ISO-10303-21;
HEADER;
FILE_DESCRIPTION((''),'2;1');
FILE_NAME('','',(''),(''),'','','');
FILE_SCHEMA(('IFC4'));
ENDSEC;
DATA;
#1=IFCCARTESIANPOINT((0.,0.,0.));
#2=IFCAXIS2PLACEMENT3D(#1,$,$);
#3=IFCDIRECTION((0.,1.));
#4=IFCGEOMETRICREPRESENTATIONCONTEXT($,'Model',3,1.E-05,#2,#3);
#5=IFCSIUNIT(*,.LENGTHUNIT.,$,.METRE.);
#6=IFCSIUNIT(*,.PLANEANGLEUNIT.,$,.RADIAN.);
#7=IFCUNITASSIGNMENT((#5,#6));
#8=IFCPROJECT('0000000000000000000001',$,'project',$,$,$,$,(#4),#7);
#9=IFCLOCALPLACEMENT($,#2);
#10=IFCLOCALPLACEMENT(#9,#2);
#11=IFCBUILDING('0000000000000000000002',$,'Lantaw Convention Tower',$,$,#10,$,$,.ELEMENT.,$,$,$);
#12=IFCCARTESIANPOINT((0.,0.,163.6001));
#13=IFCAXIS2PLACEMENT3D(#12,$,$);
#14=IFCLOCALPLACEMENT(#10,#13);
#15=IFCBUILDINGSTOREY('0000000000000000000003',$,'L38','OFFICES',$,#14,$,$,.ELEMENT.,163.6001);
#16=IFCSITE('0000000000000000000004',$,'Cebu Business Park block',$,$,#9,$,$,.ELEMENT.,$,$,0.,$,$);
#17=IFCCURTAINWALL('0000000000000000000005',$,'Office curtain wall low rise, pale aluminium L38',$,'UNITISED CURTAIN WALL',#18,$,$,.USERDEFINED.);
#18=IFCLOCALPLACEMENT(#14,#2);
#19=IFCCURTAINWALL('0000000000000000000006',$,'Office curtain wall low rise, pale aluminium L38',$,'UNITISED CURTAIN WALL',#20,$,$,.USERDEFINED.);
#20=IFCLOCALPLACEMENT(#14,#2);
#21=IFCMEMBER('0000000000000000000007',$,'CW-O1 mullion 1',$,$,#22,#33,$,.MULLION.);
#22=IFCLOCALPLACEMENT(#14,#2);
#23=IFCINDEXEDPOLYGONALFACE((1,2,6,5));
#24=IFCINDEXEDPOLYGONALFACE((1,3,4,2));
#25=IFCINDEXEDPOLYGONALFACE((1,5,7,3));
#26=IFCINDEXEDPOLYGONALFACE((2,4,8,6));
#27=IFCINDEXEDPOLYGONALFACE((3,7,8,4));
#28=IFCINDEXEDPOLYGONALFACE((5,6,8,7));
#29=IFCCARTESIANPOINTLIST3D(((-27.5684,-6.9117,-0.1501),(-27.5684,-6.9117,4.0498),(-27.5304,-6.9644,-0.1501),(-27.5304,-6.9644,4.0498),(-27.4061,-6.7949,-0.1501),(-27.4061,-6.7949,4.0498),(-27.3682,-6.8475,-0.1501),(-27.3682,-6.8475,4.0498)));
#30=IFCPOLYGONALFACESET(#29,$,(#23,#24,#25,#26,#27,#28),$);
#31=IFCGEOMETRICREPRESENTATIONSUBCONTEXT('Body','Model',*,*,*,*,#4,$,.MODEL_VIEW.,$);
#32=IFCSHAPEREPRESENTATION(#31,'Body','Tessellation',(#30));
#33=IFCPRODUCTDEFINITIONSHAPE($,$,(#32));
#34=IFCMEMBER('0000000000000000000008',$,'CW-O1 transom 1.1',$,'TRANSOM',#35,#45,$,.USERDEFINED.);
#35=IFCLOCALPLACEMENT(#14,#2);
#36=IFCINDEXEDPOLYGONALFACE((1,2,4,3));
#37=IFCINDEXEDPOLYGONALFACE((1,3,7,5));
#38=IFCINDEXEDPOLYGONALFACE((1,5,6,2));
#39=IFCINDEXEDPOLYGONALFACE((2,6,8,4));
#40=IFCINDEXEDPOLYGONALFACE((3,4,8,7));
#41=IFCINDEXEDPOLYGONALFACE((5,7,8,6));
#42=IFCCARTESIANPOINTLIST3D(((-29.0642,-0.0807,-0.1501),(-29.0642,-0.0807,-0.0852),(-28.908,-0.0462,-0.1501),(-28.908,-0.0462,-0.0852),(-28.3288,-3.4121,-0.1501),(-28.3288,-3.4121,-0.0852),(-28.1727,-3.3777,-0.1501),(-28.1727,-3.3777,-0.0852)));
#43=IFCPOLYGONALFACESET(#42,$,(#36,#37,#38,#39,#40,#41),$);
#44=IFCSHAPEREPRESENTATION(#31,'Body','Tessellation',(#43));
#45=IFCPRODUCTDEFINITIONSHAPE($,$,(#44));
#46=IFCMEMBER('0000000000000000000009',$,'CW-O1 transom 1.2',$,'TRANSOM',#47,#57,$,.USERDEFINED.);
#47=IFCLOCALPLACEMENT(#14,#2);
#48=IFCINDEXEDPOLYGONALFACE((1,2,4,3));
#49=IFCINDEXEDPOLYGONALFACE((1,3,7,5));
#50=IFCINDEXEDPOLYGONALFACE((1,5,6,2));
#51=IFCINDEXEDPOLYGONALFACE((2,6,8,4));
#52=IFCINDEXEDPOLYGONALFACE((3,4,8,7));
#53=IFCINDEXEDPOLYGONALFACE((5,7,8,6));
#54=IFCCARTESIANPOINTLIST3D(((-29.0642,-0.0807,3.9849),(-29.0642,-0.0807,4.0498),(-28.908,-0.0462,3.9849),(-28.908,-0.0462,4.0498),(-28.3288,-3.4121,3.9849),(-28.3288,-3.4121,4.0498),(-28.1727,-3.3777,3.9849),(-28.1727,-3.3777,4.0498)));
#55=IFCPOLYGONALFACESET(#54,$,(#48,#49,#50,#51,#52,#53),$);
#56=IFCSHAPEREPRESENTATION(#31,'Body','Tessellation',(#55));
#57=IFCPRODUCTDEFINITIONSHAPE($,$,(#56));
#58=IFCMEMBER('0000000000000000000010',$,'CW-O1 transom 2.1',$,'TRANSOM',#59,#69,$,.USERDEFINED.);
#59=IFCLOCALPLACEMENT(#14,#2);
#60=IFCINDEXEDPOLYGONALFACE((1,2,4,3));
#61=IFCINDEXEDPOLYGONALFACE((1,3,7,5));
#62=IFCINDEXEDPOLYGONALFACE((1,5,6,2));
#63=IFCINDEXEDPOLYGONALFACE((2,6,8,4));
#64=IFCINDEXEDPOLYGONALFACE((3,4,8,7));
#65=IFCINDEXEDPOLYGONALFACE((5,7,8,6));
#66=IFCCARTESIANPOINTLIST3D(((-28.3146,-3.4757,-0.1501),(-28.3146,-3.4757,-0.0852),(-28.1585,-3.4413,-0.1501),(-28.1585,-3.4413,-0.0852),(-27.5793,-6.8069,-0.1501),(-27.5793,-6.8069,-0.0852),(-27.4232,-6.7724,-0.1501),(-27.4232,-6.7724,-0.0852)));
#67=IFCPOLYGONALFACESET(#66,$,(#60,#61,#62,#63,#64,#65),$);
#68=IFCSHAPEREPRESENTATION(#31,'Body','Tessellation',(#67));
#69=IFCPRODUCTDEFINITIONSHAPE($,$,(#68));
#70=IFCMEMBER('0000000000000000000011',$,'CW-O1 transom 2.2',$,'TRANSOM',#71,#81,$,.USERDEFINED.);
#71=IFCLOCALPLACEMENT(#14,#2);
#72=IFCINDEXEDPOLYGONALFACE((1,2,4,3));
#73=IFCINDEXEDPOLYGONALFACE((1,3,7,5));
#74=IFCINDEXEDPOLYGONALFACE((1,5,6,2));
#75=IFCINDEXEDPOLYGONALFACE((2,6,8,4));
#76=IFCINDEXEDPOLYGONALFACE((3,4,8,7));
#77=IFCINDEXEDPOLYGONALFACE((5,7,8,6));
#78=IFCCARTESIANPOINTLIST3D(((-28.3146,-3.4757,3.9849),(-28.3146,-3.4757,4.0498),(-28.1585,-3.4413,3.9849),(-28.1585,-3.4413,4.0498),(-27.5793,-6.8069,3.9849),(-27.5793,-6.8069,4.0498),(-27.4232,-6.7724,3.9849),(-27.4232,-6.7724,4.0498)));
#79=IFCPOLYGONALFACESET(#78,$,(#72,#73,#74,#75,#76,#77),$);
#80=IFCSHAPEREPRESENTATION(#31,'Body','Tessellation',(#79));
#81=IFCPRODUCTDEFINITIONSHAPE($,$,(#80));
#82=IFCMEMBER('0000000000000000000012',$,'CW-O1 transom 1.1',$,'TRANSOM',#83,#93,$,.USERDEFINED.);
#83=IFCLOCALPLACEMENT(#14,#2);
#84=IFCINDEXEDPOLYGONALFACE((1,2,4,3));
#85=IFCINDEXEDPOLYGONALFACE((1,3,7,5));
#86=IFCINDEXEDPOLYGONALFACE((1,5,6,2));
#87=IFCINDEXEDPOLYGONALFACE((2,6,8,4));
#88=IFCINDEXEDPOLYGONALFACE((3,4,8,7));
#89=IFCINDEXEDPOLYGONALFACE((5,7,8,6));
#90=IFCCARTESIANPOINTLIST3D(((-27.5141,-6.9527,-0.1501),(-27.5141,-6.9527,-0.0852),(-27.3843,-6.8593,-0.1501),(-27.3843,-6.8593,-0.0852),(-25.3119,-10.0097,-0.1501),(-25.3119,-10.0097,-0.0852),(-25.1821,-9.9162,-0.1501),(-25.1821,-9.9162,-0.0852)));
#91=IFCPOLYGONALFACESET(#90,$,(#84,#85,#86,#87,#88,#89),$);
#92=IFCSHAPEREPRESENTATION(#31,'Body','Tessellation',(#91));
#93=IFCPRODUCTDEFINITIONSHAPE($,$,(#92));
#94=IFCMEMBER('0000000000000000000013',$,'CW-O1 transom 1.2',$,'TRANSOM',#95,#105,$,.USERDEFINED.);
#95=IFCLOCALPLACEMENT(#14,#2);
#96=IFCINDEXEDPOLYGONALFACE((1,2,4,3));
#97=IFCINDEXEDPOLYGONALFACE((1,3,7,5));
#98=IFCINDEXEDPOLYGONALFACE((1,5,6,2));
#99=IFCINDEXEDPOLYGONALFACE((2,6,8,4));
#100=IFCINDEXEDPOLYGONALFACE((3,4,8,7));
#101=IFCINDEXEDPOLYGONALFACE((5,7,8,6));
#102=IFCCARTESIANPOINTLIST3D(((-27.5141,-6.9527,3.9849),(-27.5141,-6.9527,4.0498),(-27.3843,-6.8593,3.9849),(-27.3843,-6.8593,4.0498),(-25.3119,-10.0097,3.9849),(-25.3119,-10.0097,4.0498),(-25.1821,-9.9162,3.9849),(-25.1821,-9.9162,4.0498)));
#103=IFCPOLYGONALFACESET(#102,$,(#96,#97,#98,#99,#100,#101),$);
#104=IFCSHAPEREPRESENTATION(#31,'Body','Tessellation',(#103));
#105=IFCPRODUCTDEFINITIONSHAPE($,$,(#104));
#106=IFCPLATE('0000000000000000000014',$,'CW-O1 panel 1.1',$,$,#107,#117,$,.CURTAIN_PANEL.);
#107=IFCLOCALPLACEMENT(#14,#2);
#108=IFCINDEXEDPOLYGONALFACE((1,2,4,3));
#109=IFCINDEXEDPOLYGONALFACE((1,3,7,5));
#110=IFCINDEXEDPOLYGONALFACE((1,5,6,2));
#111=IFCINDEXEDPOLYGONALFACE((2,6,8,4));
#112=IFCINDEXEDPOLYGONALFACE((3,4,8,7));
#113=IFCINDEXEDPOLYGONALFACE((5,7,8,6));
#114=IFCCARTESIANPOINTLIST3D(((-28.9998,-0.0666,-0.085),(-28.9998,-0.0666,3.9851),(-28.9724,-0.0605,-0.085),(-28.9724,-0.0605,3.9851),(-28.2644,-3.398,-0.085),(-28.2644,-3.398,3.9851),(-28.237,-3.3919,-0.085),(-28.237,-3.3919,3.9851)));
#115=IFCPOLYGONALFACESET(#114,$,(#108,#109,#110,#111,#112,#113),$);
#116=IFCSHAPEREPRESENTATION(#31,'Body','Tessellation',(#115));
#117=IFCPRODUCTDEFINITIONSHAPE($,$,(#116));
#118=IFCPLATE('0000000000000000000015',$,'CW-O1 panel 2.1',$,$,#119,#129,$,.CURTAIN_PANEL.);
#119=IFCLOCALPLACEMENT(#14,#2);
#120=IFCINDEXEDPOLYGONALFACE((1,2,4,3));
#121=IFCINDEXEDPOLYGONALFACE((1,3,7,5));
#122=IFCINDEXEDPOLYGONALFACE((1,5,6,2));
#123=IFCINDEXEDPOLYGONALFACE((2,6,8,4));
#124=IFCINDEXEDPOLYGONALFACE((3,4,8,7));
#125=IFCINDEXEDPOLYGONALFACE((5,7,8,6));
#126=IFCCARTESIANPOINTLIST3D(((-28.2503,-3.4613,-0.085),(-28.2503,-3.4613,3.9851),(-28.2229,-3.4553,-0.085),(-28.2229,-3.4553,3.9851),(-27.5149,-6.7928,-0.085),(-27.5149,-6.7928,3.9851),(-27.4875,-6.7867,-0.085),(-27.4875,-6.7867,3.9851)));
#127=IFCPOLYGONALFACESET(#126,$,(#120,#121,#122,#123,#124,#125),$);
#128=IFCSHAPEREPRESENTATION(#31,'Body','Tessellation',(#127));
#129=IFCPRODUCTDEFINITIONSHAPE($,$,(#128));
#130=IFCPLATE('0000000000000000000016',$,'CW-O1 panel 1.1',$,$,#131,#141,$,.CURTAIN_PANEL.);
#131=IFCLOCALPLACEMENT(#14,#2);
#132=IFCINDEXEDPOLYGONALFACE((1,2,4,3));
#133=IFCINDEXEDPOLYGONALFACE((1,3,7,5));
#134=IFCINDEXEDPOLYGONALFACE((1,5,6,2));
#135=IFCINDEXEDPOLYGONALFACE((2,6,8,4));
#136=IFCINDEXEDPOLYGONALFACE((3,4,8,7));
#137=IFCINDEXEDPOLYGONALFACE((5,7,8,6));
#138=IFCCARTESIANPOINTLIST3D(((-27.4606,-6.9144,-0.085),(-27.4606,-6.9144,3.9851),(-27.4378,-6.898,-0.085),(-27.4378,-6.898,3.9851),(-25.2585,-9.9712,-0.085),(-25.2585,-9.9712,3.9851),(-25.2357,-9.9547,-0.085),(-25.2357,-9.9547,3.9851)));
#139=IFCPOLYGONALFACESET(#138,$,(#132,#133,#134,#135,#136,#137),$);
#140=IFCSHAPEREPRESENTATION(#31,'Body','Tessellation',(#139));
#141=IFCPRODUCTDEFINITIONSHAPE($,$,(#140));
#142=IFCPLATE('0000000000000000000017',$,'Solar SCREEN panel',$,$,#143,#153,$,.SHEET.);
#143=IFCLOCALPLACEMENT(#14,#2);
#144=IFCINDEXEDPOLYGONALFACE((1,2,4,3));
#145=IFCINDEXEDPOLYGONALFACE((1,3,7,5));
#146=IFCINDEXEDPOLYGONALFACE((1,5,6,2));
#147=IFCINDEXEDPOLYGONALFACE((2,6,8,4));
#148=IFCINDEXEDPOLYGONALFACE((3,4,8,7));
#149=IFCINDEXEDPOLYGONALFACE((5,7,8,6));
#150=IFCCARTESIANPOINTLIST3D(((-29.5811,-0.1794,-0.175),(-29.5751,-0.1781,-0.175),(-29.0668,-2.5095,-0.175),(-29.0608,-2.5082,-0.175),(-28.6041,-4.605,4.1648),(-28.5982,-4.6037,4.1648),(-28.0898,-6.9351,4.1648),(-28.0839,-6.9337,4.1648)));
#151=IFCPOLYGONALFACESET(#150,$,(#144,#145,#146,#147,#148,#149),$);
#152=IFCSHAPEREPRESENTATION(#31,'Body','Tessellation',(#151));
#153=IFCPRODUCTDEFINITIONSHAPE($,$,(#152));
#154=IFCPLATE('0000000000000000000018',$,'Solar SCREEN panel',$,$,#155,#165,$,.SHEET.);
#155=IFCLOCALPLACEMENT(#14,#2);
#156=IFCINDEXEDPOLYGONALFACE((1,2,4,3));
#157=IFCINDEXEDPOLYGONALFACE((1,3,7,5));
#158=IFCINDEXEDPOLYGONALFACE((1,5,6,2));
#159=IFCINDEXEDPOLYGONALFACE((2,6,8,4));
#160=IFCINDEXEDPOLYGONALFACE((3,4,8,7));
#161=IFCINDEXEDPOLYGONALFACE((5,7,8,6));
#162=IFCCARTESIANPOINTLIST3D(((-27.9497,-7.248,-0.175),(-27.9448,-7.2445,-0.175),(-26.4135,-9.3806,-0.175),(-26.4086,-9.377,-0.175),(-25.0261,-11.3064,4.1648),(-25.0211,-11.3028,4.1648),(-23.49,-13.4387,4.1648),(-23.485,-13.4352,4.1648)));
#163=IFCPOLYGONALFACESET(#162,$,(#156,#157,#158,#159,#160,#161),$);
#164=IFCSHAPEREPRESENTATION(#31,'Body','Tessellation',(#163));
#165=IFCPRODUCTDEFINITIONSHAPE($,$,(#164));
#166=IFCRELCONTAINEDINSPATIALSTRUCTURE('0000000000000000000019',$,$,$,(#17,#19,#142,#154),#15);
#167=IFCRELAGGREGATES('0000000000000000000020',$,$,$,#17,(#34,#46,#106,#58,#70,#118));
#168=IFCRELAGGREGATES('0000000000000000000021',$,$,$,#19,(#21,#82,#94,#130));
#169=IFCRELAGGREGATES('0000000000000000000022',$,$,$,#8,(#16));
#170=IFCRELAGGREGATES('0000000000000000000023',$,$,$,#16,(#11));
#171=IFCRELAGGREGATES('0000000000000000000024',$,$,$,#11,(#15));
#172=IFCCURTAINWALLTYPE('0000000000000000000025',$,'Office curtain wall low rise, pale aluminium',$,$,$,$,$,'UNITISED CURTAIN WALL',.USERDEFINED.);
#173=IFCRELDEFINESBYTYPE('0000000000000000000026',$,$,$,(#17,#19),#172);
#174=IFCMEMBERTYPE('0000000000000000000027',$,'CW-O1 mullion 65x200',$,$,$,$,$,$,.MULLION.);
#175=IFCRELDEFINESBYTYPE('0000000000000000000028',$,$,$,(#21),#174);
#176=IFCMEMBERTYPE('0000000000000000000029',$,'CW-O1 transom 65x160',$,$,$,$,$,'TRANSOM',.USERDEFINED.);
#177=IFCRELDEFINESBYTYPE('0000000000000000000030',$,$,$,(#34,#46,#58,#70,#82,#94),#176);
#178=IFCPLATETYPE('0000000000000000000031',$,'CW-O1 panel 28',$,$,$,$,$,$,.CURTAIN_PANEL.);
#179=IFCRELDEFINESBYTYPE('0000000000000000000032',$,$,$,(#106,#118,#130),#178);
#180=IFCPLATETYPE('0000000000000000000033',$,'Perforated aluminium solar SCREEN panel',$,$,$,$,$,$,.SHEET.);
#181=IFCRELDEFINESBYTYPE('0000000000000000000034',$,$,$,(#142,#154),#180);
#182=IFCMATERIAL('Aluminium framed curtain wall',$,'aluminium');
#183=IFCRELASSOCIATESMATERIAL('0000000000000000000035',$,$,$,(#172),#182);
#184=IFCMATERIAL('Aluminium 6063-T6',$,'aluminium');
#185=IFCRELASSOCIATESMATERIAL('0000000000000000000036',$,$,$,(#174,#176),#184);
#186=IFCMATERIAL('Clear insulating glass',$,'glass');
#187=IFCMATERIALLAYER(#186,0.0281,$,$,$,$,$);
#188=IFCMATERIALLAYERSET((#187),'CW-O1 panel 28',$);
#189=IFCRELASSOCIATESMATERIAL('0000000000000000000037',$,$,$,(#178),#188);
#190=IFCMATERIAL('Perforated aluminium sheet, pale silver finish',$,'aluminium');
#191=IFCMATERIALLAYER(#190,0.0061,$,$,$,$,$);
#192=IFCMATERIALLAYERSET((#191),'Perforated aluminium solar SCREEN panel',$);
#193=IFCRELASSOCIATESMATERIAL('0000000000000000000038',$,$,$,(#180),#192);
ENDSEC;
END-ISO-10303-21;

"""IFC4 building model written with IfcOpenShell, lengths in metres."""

from ifc_helpers import new_model, si_unit, direction, frame, origin, origin_2d, place, context, subcontext, project, spatial, polyline, rectangle, outline, extrude, material, layer, layer_set, material_profile, profile_set, type_object, element, aggregate, save


model = new_model("IFC4")

# Units and contexts
model_context = context("Model", 3, precision=1e-05, world=origin(), true_north=direction((0.0, 1.0)))
body_context = subcontext(model_context, "Body", "Model", "MODEL_VIEW")
ifc_project = project(units=[si_unit("LENGTHUNIT", "METRE"), si_unit("PLANEANGLEUNIT", "RADIAN")], contexts=[model_context])

# Site, building, storey
site_placement = place(None, origin())
site = spatial("IfcSite", under=ifc_project, at=site_placement, Name="Cebu Business Park block", CompositionType="ELEMENT", RefElevation=0.0)
building_placement = place(site_placement, origin())
building = spatial("IfcBuilding", under=site, at=building_placement, Name="Lantaw Convention Tower", CompositionType="ELEMENT")
storey_placement = place(building_placement, frame((0.0, 0.0, 163.6001)))
storey = spatial("IfcBuildingStorey", under=building, at=storey_placement, Name="L38", Description="OFFICES", CompositionType="ELEMENT", Elevation=163.6001)

# Curtain wall
ifc_material_1 = material(Name="Aluminium framed curtain wall", Category="aluminium")
curtain_wall_type = type_object("IfcCurtainWallType", Name="Office curtain wall low rise, pale aluminium", ElementType="UNITISED CURTAIN WALL", PredefinedType="USERDEFINED", material=ifc_material_1)
curtain_wall_1_placement = place(storey_placement, origin())
curtain_wall_1 = element("IfcCurtainWall", 1, at=curtain_wall_1_placement, inside=storey, type_object=curtain_wall_type, Name="Office curtain wall low rise, pale aluminium L38", ObjectType="UNITISED CURTAIN WALL", PredefinedType="USERDEFINED")
ifc_material_2 = material(Name="Aluminium 6063-T6", Category="aluminium")
ifc_material_profile_1 = material_profile(ifc_material_2, rectangle(XDim=0.2, YDim=0.0649, at=origin_2d()), Name="CW-O1 mullion 65x200")
ifc_profile_set_1 = profile_set([ifc_material_profile_1], Name="Aluminium 6063-T6")
member_type_1 = type_object("IfcMemberType", Name="CW-O1 mullion 65x200", PredefinedType="MULLION", material=ifc_profile_set_1)

# Curtain wall, member
curtain_wall_2_placement = place(storey_placement, origin())
curtain_wall_2 = element("IfcCurtainWall", 2, at=curtain_wall_2_placement, inside=storey, type_object=curtain_wall_type, Name="Office curtain wall low rise, pale aluminium L38", ObjectType="UNITISED CURTAIN WALL", PredefinedType="USERDEFINED")
member_1_placement = place(storey_placement, frame((-27.4683, -6.8796, -0.1501), z_axis=(0.0, 0.0, 1.0), x_axis=(0.811385, 0.584513, 0.0)))
member_1 = element("IfcMember", 3, at=member_1_placement, type_object=member_type_1, Name="CW-O1 mullion 1", PredefinedType="MULLION", context=body_context, shape_type="SweptSolid", body=[
    extrude(rectangle(XDim=0.2, YDim=0.0649, at=origin_2d()), origin(), (0.0, 0.0, 1.0), 4.2),
])

# Members
ifc_material_profile_2 = material_profile(ifc_material_2, rectangle(XDim=0.1599, YDim=0.0649, at=origin_2d()), Name="CW-O1 transom 65x160")
ifc_profile_set_2 = profile_set([ifc_material_profile_2], Name="Aluminium 6063-T6")
member_type_2 = type_object("IfcMemberType", Name="CW-O1 transom 65x160", ElementType="TRANSOM", PredefinedType="USERDEFINED", material=ifc_profile_set_2)
member_2_placement = place(storey_placement, frame((-28.9861, -0.0635, -0.1177), z_axis=(0.215536, -0.976496, 0.0), x_axis=(0.976496, 0.215536, 0.0)))
member_2 = element("IfcMember", 4, at=member_2_placement, type_object=member_type_2, Name="CW-O1 transom 1.1", ObjectType="TRANSOM", PredefinedType="USERDEFINED", context=body_context, shape_type="SweptSolid", body=[
    extrude(rectangle(XDim=0.1599, YDim=0.0649, at=origin_2d()), origin(), (0.0, 0.0, 1.0), 3.4116),
])
member_3_placement = place(storey_placement, frame((-28.9861, -0.0635, 4.0173), z_axis=(0.215536, -0.976496, 0.0), x_axis=(0.976496, 0.215536, 0.0)))
member_3 = element("IfcMember", 5, at=member_3_placement, type_object=member_type_2, Name="CW-O1 transom 1.2", ObjectType="TRANSOM", PredefinedType="USERDEFINED", context=body_context, shape_type="SweptSolid", body=[
    extrude(rectangle(XDim=0.1599, YDim=0.0649, at=origin_2d()), origin(), (0.0, 0.0, 1.0), 3.4116),
])
member_4_placement = place(storey_placement, frame((-28.2366, -3.4585, -0.1177), z_axis=(0.215551, -0.976493, 0.0), x_axis=(0.976493, 0.215551, 0.0)))
member_4 = element("IfcMember", 6, at=member_4_placement, type_object=member_type_2, Name="CW-O1 transom 2.1", ObjectType="TRANSOM", PredefinedType="USERDEFINED", context=body_context, shape_type="SweptSolid", body=[
    extrude(rectangle(XDim=0.1599, YDim=0.0649, at=origin_2d()), origin(), (0.0, 0.0, 1.0), 3.4114),
])
member_5_placement = place(storey_placement, frame((-28.2366, -3.4585, 4.0173), z_axis=(0.215551, -0.976493, 0.0), x_axis=(0.976493, 0.215551, 0.0)))
member_5 = element("IfcMember", 7, at=member_5_placement, type_object=member_type_2, Name="CW-O1 transom 2.2", ObjectType="TRANSOM", PredefinedType="USERDEFINED", context=body_context, shape_type="SweptSolid", body=[
    extrude(rectangle(XDim=0.1599, YDim=0.0649, at=origin_2d()), origin(), (0.0, 0.0, 1.0), 3.4114),
])
member_6_placement = place(storey_placement, frame((-27.4492, -6.906, -0.1177), z_axis=(0.584513, -0.811384, 0.0), x_axis=(0.811384, 0.584513, 0.0)))
member_6 = element("IfcMember", 8, at=member_6_placement, type_object=member_type_2, Name="CW-O1 transom 1.1", ObjectType="TRANSOM", PredefinedType="USERDEFINED", context=body_context, shape_type="SweptSolid", body=[
    extrude(rectangle(XDim=0.1599, YDim=0.0649, at=origin_2d()), origin(), (0.0, 0.0, 1.0), 3.7676),
])
member_7_placement = place(storey_placement, frame((-27.4492, -6.906, 4.0173), z_axis=(0.584513, -0.811384, 0.0), x_axis=(0.811384, 0.584513, 0.0)))
member_7 = element("IfcMember", 9, at=member_7_placement, type_object=member_type_2, Name="CW-O1 transom 1.2", ObjectType="TRANSOM", PredefinedType="USERDEFINED", context=body_context, shape_type="SweptSolid", body=[
    extrude(rectangle(XDim=0.1599, YDim=0.0649, at=origin_2d()), origin(), (0.0, 0.0, 1.0), 3.7676),
])

# Plates
ifc_material_3 = material(Name="Clear insulating glass", Category="glass")
ifc_layer_1 = layer(ifc_material_3, 0.0281)
ifc_layer_set_1 = layer_set([ifc_layer_1], Name="CW-O1 panel 28")
plate_type_1 = type_object("IfcPlateType", Name="CW-O1 panel 28", PredefinedType="CURTAIN_PANEL", material=ifc_layer_set_1)
plate_1_placement = place(storey_placement, frame((-28.6184, -1.7292, -0.085), z_axis=(0.0, 0.0, 1.0), x_axis=(0.215546, -0.976494, 0.0)))
plate_1 = element("IfcPlate", 10, at=plate_1_placement, type_object=plate_type_1, Name="CW-O1 panel 1.1", PredefinedType="CURTAIN_PANEL", context=body_context, shape_type="SweptSolid", body=[
    extrude(rectangle(XDim=3.4116, YDim=0.0281, at=origin_2d()), origin(), (0.0, 0.0, 1.0), 4.0701),
])
plate_2_placement = place(storey_placement, frame((-27.8689, -5.124, -0.085), z_axis=(0.0, 0.0, 1.0), x_axis=(0.215546, -0.976494, 0.0)))
plate_2 = element("IfcPlate", 11, at=plate_2_placement, type_object=plate_type_1, Name="CW-O1 panel 2.1", PredefinedType="CURTAIN_PANEL", context=body_context, shape_type="SweptSolid", body=[
    extrude(rectangle(XDim=3.4116, YDim=0.0281, at=origin_2d()), origin(), (0.0, 0.0, 1.0), 4.0701),
])
aggregate(curtain_wall_1, [member_2, member_3, plate_1, member_4, member_5, plate_2])
plate_3_placement = place(storey_placement, frame((-26.3481, -8.4346, -0.085), z_axis=(0.0, 0.0, 1.0), x_axis=(0.584513, -0.811385, 0.0)))
plate_3 = element("IfcPlate", 12, at=plate_3_placement, type_object=plate_type_1, Name="CW-O1 panel 1.1", PredefinedType="CURTAIN_PANEL", context=body_context, shape_type="SweptSolid", body=[
    extrude(rectangle(XDim=3.7673, YDim=0.0281, at=origin_2d()), origin(), (0.0, 0.0, 1.0), 4.0701),
])
aggregate(curtain_wall_2, [member_1, member_6, member_7, plate_3])

# Plates
ifc_material_4 = material(Name="Perforated aluminium sheet, pale silver finish", Category="aluminium")
ifc_layer_2 = layer(ifc_material_4, 0.0061)
ifc_layer_set_2 = layer_set([ifc_layer_2], Name="Perforated aluminium solar SCREEN panel")
plate_type_2 = type_object("IfcPlateType", Name="Perforated aluminium solar SCREEN panel", PredefinedType="SHEET", material=ifc_layer_set_2)
plate_4_placement = place(storey_placement, frame((-29.5811, -0.1794, -0.175), z_axis=(-0.976498, -0.215527, 0.000033), x_axis=(0.215527, -0.976498, 0.0)))
element("IfcPlate", 13, at=plate_4_placement, inside=storey, type_object=plate_type_2, Name="Solar SCREEN panel", PredefinedType="SHEET", context=body_context, shape_type="SweptSolid", body=[
    extrude(outline(polyline([(0.0, 0.0), (2.3862, 0.0), (6.9182, 4.3398), (4.5321, 4.3398), (0.0, 0.0)])), origin(), (0.0, 0.0, -1.0), 0.0061),
])
plate_5_placement = place(storey_placement, frame((-27.9497, -7.248, -0.175), z_axis=(-0.811395, -0.584498, 0.000036), x_axis=(0.584498, -0.811395, 0.0)))
element("IfcPlate", 14, at=plate_5_placement, inside=storey, type_object=plate_type_2, Name="Solar SCREEN panel", PredefinedType="SHEET", context=body_context, shape_type="SweptSolid", body=[
    extrude(outline(polyline([(0.0, 0.0), (2.6282, 0.0), (7.6298, 4.3398), (5.0018, 4.3398), (0.0, 0.0)])), origin(), (0.0, 0.0, -1.0), 0.0061),
])

save(model, "model.ifc")
